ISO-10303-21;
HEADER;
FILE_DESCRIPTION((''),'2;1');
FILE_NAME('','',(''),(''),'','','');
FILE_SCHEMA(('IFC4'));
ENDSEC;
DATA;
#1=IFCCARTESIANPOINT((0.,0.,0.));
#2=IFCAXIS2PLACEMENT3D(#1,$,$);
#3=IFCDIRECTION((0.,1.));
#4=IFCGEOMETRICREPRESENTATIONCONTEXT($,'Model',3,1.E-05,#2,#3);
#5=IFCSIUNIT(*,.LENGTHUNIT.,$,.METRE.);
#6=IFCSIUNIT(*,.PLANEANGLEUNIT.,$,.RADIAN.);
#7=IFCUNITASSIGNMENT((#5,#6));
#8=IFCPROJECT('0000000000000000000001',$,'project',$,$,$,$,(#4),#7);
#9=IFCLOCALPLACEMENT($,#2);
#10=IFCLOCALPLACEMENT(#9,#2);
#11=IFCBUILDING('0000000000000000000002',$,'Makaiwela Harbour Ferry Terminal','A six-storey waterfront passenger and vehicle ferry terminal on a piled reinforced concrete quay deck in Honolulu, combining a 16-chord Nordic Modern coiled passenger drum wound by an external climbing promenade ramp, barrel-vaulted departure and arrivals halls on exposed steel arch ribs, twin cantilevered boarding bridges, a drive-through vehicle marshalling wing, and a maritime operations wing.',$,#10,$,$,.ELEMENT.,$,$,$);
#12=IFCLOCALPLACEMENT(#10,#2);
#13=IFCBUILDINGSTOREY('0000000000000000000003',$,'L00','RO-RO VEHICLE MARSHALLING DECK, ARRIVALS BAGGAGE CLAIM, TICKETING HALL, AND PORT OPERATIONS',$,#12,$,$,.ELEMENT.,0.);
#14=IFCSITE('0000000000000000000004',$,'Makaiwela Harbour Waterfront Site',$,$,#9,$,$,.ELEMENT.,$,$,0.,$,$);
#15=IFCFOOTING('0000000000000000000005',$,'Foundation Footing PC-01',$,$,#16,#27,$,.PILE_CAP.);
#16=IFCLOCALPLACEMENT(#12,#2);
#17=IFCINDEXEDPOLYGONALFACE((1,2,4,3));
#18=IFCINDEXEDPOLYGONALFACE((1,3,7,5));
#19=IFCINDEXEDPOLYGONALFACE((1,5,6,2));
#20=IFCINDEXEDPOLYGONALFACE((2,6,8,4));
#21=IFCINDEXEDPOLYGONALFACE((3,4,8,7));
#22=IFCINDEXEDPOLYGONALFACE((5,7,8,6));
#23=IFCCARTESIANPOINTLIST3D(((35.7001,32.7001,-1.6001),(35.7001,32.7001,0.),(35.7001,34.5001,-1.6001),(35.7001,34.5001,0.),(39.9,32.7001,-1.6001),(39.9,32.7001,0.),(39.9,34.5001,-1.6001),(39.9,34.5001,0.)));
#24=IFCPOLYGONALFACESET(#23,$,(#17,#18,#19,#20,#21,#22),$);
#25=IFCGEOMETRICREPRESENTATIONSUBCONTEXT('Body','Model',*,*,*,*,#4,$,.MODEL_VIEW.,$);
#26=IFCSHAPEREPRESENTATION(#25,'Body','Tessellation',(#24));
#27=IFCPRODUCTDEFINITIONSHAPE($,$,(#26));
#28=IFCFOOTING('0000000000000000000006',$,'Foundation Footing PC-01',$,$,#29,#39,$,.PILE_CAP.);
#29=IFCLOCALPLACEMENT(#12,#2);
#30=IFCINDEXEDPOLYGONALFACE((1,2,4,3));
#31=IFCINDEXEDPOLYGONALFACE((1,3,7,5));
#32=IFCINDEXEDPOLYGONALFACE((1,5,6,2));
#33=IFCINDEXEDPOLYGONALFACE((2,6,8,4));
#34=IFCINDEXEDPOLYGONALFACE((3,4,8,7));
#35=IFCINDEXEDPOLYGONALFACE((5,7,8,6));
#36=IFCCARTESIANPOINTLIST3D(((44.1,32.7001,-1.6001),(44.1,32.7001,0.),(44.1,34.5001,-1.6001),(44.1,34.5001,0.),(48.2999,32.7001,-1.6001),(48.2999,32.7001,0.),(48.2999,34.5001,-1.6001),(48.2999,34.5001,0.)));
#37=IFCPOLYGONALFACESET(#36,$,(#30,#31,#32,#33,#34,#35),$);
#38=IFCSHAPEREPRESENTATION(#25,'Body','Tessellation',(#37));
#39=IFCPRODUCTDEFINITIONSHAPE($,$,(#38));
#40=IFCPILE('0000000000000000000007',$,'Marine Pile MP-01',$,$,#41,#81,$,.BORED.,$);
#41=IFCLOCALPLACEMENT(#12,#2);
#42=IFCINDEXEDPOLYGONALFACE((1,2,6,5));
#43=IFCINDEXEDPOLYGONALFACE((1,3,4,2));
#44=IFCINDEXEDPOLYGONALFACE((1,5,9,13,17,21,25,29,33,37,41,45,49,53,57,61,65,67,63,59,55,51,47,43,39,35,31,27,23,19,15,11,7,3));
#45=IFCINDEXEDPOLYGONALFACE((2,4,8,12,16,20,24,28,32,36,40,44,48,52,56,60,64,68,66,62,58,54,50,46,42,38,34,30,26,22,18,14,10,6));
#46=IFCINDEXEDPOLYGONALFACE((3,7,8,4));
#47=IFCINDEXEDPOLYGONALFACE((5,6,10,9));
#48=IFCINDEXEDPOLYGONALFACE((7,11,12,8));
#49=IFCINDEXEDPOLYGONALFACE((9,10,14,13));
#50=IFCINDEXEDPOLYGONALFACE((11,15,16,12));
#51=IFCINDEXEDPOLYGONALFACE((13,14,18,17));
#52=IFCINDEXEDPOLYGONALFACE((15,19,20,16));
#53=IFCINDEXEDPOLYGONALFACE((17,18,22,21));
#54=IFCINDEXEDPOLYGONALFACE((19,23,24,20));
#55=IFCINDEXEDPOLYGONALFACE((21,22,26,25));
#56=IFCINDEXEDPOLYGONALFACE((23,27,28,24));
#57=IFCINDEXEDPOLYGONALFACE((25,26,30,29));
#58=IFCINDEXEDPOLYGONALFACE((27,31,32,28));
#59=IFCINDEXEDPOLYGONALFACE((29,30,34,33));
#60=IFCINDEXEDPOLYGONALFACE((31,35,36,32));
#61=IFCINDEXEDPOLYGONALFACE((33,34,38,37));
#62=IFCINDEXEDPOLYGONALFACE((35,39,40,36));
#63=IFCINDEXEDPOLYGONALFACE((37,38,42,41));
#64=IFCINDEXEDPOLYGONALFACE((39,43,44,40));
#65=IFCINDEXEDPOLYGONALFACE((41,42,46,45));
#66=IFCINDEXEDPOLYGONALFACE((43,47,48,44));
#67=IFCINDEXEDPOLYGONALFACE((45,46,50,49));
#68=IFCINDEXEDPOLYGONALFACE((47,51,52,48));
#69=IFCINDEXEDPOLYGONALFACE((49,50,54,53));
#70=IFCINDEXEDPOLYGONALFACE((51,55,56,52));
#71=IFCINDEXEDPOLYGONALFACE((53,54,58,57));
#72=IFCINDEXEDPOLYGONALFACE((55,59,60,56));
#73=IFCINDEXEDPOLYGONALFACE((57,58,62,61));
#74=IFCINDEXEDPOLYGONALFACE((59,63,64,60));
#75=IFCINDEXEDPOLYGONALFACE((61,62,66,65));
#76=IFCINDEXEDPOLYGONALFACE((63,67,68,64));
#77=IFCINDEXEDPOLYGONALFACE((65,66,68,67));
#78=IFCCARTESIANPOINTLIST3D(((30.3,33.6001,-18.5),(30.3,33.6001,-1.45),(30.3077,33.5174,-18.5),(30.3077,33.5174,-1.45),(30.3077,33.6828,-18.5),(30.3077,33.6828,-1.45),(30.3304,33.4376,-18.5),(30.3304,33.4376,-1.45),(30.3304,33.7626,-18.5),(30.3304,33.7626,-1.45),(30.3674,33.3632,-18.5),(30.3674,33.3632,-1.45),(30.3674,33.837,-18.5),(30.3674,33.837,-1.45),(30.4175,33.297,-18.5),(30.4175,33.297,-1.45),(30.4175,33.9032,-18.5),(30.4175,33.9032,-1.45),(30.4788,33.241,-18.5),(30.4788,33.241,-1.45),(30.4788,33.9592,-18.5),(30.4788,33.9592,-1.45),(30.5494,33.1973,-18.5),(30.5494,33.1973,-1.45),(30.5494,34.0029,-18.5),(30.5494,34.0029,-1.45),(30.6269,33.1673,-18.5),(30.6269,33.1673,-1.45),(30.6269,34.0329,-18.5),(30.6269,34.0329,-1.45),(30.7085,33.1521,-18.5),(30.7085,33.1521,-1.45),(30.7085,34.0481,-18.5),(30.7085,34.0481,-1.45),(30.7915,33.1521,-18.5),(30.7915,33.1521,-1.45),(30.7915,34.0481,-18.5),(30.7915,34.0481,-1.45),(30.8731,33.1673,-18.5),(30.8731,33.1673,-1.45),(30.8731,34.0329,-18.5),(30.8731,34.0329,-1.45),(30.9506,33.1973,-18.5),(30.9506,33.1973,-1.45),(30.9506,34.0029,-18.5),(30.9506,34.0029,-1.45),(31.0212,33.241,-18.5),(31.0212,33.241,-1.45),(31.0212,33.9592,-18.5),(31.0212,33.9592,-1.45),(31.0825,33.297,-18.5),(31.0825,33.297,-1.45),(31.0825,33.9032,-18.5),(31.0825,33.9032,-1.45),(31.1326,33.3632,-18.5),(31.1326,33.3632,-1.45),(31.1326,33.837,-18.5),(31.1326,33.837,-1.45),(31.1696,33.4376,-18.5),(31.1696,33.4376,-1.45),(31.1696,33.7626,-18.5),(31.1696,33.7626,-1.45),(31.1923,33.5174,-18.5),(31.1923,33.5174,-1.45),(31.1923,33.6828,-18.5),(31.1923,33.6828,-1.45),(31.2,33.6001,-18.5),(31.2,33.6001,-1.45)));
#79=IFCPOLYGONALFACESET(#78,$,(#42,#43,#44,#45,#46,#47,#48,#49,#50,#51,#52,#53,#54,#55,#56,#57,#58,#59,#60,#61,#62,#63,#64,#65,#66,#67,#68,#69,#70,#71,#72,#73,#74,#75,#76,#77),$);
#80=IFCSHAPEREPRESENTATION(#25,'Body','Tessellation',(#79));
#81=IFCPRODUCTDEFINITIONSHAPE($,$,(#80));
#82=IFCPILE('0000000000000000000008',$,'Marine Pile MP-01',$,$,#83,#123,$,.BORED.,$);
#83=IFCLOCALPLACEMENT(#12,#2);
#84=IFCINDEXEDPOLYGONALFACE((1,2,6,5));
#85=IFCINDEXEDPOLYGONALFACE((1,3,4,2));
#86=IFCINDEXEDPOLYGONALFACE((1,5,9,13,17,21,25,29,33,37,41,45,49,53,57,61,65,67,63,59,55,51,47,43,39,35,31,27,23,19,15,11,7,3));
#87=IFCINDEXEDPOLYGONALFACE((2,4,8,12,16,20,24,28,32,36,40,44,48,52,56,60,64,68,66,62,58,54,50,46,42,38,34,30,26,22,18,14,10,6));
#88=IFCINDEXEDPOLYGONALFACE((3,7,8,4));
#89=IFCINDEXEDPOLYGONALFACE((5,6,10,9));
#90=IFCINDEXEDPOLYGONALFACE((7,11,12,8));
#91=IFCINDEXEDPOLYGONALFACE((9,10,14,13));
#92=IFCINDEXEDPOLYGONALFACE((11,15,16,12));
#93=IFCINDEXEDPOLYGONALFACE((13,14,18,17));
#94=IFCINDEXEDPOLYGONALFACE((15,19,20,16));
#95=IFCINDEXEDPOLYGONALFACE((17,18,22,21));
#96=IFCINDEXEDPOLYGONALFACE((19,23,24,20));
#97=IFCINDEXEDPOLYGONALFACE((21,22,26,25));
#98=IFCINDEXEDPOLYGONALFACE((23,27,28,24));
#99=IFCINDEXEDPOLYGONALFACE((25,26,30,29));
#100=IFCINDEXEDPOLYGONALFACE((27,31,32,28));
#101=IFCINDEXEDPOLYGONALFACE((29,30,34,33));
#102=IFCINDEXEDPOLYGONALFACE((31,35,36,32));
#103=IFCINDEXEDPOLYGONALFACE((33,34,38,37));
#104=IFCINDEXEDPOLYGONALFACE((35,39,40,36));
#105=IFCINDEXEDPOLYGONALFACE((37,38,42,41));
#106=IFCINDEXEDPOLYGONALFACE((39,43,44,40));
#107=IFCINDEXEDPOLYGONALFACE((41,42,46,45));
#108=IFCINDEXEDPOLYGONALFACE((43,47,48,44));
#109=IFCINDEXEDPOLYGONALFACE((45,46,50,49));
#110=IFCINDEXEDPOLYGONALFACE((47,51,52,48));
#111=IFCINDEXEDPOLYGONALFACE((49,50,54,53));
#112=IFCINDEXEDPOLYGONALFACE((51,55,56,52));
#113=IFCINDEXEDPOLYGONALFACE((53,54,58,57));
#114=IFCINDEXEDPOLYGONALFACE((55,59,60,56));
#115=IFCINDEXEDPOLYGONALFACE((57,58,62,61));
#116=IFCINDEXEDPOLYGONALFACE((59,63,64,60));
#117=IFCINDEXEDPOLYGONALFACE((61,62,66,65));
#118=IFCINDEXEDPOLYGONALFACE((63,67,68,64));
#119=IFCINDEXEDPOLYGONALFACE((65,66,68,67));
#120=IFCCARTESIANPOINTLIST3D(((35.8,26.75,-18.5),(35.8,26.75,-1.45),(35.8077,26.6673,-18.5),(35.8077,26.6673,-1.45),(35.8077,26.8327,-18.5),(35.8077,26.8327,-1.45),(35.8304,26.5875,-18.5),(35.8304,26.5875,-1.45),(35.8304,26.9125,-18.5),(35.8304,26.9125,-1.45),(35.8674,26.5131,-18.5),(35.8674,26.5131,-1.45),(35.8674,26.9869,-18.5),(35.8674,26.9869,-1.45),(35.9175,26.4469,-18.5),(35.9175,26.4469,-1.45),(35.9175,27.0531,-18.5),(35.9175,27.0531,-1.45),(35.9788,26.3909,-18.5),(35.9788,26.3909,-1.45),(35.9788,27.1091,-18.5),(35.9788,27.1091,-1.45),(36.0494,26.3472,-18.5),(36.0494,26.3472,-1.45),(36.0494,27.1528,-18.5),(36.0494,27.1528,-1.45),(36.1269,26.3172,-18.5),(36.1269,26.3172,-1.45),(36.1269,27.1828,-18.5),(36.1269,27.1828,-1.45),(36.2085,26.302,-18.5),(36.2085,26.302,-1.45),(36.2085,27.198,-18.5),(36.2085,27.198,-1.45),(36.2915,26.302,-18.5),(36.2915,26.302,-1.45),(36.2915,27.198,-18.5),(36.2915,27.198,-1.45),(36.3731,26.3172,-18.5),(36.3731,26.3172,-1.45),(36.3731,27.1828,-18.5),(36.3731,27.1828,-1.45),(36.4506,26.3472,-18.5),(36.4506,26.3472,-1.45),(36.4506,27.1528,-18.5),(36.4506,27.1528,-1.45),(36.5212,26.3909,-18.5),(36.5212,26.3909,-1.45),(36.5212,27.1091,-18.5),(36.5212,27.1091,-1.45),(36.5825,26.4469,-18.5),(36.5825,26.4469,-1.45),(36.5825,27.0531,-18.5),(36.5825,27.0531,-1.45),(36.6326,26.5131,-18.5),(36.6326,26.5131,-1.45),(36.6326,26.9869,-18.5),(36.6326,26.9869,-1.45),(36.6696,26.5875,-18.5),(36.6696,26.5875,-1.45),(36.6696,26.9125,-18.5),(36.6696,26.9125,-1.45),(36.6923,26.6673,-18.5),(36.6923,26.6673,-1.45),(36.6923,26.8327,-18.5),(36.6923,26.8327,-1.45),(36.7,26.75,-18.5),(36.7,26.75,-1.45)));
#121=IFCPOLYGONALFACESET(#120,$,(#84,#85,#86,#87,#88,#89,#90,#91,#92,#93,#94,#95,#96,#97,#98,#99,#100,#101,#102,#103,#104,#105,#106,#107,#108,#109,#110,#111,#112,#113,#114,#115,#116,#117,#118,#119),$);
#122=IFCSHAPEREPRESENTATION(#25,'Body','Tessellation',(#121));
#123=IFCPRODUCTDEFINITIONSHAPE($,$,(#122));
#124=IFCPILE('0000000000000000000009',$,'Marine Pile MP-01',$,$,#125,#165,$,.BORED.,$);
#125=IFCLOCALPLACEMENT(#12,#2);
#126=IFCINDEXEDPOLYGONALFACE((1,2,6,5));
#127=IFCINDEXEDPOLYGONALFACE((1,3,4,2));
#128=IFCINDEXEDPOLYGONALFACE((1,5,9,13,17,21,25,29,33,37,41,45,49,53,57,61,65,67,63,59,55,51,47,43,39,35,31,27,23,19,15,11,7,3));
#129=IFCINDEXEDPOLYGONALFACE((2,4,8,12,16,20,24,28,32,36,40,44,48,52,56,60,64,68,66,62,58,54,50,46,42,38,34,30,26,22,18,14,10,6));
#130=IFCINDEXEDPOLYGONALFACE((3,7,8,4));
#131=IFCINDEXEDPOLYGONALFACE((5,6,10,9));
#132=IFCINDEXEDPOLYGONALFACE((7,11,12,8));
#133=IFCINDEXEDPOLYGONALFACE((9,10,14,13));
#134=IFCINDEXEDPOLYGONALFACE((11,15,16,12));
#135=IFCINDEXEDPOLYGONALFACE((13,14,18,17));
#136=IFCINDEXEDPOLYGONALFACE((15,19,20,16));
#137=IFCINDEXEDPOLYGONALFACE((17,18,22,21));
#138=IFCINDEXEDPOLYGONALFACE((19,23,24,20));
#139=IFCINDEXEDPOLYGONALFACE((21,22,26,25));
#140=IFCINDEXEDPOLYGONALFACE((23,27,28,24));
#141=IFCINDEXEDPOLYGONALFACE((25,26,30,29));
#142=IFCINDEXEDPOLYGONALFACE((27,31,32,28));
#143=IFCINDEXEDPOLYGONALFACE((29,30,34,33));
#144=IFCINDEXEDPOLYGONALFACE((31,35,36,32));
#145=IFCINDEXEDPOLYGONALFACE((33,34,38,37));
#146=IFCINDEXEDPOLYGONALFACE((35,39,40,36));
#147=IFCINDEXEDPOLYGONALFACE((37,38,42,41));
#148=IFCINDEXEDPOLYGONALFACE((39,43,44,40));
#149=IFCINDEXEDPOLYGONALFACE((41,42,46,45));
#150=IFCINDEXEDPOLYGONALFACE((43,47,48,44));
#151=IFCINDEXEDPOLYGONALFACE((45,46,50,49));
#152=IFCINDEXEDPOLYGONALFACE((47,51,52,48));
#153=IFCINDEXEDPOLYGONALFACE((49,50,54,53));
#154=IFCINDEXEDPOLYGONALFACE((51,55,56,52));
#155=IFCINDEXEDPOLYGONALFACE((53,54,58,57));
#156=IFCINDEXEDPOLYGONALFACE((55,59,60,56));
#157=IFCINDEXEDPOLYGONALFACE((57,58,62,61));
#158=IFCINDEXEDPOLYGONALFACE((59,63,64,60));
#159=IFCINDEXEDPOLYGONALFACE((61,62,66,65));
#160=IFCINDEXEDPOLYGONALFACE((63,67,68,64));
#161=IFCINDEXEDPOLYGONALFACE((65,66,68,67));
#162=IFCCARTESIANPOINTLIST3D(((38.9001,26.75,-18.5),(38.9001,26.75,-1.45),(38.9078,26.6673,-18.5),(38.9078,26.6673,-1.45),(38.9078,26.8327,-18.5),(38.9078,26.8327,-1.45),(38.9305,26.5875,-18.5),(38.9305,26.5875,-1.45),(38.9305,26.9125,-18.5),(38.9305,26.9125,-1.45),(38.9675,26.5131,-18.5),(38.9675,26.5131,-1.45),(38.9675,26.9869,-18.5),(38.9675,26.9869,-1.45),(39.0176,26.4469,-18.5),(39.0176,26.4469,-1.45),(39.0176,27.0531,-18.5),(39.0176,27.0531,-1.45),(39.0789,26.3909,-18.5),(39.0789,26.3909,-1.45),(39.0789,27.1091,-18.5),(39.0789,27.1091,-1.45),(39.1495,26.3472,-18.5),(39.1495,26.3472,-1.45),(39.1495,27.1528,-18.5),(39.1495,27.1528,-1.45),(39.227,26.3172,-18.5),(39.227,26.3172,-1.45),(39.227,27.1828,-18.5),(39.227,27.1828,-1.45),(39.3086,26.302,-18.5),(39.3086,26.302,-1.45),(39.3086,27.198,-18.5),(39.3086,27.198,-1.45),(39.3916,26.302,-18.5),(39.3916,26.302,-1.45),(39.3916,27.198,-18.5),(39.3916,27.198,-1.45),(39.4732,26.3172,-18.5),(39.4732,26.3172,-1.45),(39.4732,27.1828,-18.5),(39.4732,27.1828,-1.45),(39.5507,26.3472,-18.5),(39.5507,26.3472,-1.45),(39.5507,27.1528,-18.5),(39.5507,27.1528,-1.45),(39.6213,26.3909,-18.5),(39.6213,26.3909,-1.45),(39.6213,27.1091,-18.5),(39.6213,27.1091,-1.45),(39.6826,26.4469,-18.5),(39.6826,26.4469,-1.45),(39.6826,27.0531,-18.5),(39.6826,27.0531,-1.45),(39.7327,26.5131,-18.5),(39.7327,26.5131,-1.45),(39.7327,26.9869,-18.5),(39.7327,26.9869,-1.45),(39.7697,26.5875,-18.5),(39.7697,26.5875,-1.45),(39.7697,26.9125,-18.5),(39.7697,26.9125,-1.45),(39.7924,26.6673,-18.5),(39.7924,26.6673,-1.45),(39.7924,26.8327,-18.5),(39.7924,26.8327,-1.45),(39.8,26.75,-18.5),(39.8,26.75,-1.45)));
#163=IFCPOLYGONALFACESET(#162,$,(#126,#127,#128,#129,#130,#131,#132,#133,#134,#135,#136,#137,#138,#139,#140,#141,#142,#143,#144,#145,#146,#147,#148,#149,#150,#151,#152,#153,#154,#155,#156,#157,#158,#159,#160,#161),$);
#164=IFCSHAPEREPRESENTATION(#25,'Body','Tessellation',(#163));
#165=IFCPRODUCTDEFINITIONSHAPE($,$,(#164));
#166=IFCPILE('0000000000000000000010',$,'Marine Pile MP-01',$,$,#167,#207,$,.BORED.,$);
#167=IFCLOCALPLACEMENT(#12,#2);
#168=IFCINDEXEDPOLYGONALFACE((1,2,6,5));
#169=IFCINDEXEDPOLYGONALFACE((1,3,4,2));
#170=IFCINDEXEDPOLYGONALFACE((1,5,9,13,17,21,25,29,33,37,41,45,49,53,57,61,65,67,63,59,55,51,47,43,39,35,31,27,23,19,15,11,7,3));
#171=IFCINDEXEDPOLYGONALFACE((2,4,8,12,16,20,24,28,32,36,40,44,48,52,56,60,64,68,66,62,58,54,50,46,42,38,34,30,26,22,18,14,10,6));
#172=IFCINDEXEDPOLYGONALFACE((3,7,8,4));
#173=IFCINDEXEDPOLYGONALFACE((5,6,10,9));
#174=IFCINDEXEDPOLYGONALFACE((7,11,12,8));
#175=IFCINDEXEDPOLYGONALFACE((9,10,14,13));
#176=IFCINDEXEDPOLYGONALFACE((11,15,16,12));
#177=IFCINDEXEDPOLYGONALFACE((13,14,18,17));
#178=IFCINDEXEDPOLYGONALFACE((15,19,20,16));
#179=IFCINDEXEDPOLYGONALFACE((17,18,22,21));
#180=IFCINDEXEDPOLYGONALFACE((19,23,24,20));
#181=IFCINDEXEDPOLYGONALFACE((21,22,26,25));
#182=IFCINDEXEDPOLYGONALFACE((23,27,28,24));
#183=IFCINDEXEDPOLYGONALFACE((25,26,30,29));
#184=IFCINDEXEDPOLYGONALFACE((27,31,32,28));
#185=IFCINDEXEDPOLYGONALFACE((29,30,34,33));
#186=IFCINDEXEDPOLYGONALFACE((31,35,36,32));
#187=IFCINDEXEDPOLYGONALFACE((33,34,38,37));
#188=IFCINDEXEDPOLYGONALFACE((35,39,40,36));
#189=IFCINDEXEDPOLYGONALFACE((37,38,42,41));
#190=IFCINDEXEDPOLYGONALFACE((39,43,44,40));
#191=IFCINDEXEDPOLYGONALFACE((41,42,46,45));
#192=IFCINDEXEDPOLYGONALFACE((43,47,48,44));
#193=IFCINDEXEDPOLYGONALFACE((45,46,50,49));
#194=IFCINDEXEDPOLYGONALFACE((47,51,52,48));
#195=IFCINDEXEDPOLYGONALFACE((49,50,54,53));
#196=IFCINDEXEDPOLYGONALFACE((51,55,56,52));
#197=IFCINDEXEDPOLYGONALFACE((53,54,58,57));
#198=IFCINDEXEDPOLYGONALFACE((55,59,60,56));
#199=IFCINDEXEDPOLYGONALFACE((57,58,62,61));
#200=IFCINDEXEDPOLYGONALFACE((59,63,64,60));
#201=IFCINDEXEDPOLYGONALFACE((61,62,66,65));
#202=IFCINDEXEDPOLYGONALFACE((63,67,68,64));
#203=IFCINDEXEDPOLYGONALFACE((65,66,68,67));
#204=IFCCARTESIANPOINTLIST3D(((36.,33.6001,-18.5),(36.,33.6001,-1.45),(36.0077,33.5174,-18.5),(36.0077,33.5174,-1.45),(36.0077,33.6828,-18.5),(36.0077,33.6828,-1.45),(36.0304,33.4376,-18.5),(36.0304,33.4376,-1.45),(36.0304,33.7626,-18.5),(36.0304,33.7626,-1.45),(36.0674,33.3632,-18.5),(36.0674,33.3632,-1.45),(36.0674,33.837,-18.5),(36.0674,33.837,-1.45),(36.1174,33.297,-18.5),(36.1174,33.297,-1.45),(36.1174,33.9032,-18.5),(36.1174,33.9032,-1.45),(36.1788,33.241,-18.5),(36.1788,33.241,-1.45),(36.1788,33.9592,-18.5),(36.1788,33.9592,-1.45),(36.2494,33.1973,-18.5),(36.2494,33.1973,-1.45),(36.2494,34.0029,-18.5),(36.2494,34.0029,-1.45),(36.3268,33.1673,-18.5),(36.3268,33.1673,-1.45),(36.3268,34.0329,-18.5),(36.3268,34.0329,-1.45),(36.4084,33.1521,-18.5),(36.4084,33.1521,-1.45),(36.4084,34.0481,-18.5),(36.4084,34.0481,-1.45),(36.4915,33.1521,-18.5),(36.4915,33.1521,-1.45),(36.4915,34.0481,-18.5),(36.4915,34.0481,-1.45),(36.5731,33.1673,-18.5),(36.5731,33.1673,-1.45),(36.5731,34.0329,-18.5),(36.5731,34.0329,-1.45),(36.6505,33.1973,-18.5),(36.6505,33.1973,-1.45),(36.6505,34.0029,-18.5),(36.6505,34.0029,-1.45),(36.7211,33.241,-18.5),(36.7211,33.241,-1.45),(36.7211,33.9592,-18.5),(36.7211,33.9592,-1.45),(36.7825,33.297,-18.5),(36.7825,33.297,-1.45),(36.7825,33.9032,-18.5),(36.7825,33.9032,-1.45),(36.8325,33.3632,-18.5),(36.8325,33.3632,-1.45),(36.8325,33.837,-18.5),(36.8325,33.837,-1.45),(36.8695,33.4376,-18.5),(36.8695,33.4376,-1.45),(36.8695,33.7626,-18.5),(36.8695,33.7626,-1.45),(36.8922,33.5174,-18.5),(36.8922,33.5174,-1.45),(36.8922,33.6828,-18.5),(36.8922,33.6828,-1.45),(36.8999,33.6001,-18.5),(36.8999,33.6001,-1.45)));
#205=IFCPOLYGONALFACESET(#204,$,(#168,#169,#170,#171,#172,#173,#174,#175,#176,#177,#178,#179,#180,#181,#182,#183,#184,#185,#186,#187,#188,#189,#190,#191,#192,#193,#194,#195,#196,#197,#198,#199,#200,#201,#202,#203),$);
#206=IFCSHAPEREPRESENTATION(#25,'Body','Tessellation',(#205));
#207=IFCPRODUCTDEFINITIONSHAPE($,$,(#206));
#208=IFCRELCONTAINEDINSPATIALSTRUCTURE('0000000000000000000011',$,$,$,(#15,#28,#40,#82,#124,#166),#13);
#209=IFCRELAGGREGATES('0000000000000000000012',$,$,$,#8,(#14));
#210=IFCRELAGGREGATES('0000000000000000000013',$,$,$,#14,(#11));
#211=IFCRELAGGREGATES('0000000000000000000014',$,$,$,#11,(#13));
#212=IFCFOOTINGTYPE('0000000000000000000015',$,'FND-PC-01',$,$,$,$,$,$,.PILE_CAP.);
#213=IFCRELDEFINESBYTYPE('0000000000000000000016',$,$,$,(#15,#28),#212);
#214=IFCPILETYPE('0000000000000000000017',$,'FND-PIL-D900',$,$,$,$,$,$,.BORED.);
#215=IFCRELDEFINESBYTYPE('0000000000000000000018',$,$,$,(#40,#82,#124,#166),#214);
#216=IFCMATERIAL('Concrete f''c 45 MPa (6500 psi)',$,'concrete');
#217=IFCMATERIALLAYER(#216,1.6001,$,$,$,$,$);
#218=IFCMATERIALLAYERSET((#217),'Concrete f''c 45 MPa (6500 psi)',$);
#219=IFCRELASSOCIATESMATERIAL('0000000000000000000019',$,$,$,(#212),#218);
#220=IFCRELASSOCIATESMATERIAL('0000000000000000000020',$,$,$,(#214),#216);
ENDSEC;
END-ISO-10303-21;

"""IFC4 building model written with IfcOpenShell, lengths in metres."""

from ifc_helpers import new_model, si_unit, direction, frame, origin, origin_2d, place, context, subcontext, project, spatial, rectangle, circle, extrude, material, layer, layer_set, material_profile, profile_set, type_object, element, save


model = new_model("IFC4")

# Units and contexts
model_context = context("Model", 3, precision=1e-05, world=origin(), true_north=direction((0.0, 1.0)))
body_context = subcontext(model_context, "Body", "Model", "MODEL_VIEW")
ifc_project = project(units=[si_unit("LENGTHUNIT", "METRE"), si_unit("PLANEANGLEUNIT", "RADIAN")], contexts=[model_context])

# Site, building, storey
site_placement = place(None, origin())
site = spatial("IfcSite", under=ifc_project, at=site_placement, Name="Makaiwela Harbour Waterfront Site", CompositionType="ELEMENT", RefElevation=0.0)
building_placement = place(site_placement, origin())
building = spatial("IfcBuilding", under=site, at=building_placement, Name="Makaiwela Harbour Ferry Terminal", Description="A six-storey waterfront passenger and vehicle ferry terminal on a piled reinforced concrete quay deck in Honolulu, combining a 16-chord Nordic Modern coiled passenger drum wound by an external climbing promenade ramp, barrel-vaulted departure and arrivals halls on exposed steel arch ribs, twin cantilevered boarding bridges, a drive-through vehicle marshalling wing, and a maritime operations wing.", CompositionType="ELEMENT")
storey_placement = place(building_placement, origin())
storey = spatial("IfcBuildingStorey", under=building, at=storey_placement, Name="L00", Description="RO-RO VEHICLE MARSHALLING DECK, ARRIVALS BAGGAGE CLAIM, TICKETING HALL, AND PORT OPERATIONS", CompositionType="ELEMENT", Elevation=0.0)

# Footings
ifc_material_1 = material(Name="Concrete f'c 45 MPa (6500 psi)", Category="concrete")
ifc_layer_1 = layer(ifc_material_1, 1.6001)
ifc_layer_set_1 = layer_set([ifc_layer_1], Name="Concrete f'c 45 MPa (6500 psi)")
footing_type_1 = type_object("IfcFootingType", Name="FND-PC-01", PredefinedType="PILE_CAP", material=ifc_layer_set_1)
for number, where, z_axis, x_axis, name in (
    (1, (37.8, 33.6001, -1.6001), (0.0, 0.0, 1.0), (1.0, 0.0, 0.0), "Foundation Footing PC-01"),
    (2, (46.2, 33.6001, -1.6001), (0.0, 0.0, 1.0), (1.0, 0.0, 0.0), "Foundation Footing PC-01"),
):
    element("IfcFooting", number, at=place(storey_placement, frame(where, z_axis=z_axis, x_axis=x_axis)), inside=storey, type_object=footing_type_1, Name=name, PredefinedType="PILE_CAP", context=body_context, shape_type="SweptSolid", body=[
        extrude(rectangle(XDim=4.2, YDim=1.8, at=origin_2d()), origin(), (0.0, 0.0, 1.0), 1.6001),
    ])

# Piles
ifc_material_profile_1 = material_profile(ifc_material_1, circle(Radius=0.45, at=origin_2d()), Name="PILE-D900")
ifc_profile_set_1 = profile_set([ifc_material_profile_1], Name="Concrete f'c 45 MPa (6500 psi)")
pile_type = type_object("IfcPileType", Name="FND-PIL-D900", PredefinedType="BORED", material=ifc_profile_set_1)
for number, where, z_axis, x_axis, name in (
    (3, (30.75, 33.6001, -1.45), (0.0, 0.0, -1.0), (1.0, 0.0, 0.0), "Marine Pile MP-01"),
    (4, (36.25, 26.75, -1.45), (0.0, 0.0, -1.0), (1.0, 0.0, 0.0), "Marine Pile MP-01"),
    (5, (39.3501, 26.75, -1.45), (0.0, 0.0, -1.0), (1.0, 0.0, 0.0), "Marine Pile MP-01"),
    (6, (36.45, 33.6001, -1.45), (0.0, 0.0, -1.0), (1.0, 0.0, 0.0), "Marine Pile MP-01"),
):
    element("IfcPile", number, at=place(storey_placement, frame(where, z_axis=z_axis, x_axis=x_axis)), inside=storey, type_object=pile_type, Name=name, PredefinedType="BORED", context=body_context, shape_type="SweptSolid", body=[
        extrude(circle(Radius=0.45, at=origin_2d()), origin(), (0.0, 0.0, 1.0), 17.05),
    ])

save(model, "model.ifc")
